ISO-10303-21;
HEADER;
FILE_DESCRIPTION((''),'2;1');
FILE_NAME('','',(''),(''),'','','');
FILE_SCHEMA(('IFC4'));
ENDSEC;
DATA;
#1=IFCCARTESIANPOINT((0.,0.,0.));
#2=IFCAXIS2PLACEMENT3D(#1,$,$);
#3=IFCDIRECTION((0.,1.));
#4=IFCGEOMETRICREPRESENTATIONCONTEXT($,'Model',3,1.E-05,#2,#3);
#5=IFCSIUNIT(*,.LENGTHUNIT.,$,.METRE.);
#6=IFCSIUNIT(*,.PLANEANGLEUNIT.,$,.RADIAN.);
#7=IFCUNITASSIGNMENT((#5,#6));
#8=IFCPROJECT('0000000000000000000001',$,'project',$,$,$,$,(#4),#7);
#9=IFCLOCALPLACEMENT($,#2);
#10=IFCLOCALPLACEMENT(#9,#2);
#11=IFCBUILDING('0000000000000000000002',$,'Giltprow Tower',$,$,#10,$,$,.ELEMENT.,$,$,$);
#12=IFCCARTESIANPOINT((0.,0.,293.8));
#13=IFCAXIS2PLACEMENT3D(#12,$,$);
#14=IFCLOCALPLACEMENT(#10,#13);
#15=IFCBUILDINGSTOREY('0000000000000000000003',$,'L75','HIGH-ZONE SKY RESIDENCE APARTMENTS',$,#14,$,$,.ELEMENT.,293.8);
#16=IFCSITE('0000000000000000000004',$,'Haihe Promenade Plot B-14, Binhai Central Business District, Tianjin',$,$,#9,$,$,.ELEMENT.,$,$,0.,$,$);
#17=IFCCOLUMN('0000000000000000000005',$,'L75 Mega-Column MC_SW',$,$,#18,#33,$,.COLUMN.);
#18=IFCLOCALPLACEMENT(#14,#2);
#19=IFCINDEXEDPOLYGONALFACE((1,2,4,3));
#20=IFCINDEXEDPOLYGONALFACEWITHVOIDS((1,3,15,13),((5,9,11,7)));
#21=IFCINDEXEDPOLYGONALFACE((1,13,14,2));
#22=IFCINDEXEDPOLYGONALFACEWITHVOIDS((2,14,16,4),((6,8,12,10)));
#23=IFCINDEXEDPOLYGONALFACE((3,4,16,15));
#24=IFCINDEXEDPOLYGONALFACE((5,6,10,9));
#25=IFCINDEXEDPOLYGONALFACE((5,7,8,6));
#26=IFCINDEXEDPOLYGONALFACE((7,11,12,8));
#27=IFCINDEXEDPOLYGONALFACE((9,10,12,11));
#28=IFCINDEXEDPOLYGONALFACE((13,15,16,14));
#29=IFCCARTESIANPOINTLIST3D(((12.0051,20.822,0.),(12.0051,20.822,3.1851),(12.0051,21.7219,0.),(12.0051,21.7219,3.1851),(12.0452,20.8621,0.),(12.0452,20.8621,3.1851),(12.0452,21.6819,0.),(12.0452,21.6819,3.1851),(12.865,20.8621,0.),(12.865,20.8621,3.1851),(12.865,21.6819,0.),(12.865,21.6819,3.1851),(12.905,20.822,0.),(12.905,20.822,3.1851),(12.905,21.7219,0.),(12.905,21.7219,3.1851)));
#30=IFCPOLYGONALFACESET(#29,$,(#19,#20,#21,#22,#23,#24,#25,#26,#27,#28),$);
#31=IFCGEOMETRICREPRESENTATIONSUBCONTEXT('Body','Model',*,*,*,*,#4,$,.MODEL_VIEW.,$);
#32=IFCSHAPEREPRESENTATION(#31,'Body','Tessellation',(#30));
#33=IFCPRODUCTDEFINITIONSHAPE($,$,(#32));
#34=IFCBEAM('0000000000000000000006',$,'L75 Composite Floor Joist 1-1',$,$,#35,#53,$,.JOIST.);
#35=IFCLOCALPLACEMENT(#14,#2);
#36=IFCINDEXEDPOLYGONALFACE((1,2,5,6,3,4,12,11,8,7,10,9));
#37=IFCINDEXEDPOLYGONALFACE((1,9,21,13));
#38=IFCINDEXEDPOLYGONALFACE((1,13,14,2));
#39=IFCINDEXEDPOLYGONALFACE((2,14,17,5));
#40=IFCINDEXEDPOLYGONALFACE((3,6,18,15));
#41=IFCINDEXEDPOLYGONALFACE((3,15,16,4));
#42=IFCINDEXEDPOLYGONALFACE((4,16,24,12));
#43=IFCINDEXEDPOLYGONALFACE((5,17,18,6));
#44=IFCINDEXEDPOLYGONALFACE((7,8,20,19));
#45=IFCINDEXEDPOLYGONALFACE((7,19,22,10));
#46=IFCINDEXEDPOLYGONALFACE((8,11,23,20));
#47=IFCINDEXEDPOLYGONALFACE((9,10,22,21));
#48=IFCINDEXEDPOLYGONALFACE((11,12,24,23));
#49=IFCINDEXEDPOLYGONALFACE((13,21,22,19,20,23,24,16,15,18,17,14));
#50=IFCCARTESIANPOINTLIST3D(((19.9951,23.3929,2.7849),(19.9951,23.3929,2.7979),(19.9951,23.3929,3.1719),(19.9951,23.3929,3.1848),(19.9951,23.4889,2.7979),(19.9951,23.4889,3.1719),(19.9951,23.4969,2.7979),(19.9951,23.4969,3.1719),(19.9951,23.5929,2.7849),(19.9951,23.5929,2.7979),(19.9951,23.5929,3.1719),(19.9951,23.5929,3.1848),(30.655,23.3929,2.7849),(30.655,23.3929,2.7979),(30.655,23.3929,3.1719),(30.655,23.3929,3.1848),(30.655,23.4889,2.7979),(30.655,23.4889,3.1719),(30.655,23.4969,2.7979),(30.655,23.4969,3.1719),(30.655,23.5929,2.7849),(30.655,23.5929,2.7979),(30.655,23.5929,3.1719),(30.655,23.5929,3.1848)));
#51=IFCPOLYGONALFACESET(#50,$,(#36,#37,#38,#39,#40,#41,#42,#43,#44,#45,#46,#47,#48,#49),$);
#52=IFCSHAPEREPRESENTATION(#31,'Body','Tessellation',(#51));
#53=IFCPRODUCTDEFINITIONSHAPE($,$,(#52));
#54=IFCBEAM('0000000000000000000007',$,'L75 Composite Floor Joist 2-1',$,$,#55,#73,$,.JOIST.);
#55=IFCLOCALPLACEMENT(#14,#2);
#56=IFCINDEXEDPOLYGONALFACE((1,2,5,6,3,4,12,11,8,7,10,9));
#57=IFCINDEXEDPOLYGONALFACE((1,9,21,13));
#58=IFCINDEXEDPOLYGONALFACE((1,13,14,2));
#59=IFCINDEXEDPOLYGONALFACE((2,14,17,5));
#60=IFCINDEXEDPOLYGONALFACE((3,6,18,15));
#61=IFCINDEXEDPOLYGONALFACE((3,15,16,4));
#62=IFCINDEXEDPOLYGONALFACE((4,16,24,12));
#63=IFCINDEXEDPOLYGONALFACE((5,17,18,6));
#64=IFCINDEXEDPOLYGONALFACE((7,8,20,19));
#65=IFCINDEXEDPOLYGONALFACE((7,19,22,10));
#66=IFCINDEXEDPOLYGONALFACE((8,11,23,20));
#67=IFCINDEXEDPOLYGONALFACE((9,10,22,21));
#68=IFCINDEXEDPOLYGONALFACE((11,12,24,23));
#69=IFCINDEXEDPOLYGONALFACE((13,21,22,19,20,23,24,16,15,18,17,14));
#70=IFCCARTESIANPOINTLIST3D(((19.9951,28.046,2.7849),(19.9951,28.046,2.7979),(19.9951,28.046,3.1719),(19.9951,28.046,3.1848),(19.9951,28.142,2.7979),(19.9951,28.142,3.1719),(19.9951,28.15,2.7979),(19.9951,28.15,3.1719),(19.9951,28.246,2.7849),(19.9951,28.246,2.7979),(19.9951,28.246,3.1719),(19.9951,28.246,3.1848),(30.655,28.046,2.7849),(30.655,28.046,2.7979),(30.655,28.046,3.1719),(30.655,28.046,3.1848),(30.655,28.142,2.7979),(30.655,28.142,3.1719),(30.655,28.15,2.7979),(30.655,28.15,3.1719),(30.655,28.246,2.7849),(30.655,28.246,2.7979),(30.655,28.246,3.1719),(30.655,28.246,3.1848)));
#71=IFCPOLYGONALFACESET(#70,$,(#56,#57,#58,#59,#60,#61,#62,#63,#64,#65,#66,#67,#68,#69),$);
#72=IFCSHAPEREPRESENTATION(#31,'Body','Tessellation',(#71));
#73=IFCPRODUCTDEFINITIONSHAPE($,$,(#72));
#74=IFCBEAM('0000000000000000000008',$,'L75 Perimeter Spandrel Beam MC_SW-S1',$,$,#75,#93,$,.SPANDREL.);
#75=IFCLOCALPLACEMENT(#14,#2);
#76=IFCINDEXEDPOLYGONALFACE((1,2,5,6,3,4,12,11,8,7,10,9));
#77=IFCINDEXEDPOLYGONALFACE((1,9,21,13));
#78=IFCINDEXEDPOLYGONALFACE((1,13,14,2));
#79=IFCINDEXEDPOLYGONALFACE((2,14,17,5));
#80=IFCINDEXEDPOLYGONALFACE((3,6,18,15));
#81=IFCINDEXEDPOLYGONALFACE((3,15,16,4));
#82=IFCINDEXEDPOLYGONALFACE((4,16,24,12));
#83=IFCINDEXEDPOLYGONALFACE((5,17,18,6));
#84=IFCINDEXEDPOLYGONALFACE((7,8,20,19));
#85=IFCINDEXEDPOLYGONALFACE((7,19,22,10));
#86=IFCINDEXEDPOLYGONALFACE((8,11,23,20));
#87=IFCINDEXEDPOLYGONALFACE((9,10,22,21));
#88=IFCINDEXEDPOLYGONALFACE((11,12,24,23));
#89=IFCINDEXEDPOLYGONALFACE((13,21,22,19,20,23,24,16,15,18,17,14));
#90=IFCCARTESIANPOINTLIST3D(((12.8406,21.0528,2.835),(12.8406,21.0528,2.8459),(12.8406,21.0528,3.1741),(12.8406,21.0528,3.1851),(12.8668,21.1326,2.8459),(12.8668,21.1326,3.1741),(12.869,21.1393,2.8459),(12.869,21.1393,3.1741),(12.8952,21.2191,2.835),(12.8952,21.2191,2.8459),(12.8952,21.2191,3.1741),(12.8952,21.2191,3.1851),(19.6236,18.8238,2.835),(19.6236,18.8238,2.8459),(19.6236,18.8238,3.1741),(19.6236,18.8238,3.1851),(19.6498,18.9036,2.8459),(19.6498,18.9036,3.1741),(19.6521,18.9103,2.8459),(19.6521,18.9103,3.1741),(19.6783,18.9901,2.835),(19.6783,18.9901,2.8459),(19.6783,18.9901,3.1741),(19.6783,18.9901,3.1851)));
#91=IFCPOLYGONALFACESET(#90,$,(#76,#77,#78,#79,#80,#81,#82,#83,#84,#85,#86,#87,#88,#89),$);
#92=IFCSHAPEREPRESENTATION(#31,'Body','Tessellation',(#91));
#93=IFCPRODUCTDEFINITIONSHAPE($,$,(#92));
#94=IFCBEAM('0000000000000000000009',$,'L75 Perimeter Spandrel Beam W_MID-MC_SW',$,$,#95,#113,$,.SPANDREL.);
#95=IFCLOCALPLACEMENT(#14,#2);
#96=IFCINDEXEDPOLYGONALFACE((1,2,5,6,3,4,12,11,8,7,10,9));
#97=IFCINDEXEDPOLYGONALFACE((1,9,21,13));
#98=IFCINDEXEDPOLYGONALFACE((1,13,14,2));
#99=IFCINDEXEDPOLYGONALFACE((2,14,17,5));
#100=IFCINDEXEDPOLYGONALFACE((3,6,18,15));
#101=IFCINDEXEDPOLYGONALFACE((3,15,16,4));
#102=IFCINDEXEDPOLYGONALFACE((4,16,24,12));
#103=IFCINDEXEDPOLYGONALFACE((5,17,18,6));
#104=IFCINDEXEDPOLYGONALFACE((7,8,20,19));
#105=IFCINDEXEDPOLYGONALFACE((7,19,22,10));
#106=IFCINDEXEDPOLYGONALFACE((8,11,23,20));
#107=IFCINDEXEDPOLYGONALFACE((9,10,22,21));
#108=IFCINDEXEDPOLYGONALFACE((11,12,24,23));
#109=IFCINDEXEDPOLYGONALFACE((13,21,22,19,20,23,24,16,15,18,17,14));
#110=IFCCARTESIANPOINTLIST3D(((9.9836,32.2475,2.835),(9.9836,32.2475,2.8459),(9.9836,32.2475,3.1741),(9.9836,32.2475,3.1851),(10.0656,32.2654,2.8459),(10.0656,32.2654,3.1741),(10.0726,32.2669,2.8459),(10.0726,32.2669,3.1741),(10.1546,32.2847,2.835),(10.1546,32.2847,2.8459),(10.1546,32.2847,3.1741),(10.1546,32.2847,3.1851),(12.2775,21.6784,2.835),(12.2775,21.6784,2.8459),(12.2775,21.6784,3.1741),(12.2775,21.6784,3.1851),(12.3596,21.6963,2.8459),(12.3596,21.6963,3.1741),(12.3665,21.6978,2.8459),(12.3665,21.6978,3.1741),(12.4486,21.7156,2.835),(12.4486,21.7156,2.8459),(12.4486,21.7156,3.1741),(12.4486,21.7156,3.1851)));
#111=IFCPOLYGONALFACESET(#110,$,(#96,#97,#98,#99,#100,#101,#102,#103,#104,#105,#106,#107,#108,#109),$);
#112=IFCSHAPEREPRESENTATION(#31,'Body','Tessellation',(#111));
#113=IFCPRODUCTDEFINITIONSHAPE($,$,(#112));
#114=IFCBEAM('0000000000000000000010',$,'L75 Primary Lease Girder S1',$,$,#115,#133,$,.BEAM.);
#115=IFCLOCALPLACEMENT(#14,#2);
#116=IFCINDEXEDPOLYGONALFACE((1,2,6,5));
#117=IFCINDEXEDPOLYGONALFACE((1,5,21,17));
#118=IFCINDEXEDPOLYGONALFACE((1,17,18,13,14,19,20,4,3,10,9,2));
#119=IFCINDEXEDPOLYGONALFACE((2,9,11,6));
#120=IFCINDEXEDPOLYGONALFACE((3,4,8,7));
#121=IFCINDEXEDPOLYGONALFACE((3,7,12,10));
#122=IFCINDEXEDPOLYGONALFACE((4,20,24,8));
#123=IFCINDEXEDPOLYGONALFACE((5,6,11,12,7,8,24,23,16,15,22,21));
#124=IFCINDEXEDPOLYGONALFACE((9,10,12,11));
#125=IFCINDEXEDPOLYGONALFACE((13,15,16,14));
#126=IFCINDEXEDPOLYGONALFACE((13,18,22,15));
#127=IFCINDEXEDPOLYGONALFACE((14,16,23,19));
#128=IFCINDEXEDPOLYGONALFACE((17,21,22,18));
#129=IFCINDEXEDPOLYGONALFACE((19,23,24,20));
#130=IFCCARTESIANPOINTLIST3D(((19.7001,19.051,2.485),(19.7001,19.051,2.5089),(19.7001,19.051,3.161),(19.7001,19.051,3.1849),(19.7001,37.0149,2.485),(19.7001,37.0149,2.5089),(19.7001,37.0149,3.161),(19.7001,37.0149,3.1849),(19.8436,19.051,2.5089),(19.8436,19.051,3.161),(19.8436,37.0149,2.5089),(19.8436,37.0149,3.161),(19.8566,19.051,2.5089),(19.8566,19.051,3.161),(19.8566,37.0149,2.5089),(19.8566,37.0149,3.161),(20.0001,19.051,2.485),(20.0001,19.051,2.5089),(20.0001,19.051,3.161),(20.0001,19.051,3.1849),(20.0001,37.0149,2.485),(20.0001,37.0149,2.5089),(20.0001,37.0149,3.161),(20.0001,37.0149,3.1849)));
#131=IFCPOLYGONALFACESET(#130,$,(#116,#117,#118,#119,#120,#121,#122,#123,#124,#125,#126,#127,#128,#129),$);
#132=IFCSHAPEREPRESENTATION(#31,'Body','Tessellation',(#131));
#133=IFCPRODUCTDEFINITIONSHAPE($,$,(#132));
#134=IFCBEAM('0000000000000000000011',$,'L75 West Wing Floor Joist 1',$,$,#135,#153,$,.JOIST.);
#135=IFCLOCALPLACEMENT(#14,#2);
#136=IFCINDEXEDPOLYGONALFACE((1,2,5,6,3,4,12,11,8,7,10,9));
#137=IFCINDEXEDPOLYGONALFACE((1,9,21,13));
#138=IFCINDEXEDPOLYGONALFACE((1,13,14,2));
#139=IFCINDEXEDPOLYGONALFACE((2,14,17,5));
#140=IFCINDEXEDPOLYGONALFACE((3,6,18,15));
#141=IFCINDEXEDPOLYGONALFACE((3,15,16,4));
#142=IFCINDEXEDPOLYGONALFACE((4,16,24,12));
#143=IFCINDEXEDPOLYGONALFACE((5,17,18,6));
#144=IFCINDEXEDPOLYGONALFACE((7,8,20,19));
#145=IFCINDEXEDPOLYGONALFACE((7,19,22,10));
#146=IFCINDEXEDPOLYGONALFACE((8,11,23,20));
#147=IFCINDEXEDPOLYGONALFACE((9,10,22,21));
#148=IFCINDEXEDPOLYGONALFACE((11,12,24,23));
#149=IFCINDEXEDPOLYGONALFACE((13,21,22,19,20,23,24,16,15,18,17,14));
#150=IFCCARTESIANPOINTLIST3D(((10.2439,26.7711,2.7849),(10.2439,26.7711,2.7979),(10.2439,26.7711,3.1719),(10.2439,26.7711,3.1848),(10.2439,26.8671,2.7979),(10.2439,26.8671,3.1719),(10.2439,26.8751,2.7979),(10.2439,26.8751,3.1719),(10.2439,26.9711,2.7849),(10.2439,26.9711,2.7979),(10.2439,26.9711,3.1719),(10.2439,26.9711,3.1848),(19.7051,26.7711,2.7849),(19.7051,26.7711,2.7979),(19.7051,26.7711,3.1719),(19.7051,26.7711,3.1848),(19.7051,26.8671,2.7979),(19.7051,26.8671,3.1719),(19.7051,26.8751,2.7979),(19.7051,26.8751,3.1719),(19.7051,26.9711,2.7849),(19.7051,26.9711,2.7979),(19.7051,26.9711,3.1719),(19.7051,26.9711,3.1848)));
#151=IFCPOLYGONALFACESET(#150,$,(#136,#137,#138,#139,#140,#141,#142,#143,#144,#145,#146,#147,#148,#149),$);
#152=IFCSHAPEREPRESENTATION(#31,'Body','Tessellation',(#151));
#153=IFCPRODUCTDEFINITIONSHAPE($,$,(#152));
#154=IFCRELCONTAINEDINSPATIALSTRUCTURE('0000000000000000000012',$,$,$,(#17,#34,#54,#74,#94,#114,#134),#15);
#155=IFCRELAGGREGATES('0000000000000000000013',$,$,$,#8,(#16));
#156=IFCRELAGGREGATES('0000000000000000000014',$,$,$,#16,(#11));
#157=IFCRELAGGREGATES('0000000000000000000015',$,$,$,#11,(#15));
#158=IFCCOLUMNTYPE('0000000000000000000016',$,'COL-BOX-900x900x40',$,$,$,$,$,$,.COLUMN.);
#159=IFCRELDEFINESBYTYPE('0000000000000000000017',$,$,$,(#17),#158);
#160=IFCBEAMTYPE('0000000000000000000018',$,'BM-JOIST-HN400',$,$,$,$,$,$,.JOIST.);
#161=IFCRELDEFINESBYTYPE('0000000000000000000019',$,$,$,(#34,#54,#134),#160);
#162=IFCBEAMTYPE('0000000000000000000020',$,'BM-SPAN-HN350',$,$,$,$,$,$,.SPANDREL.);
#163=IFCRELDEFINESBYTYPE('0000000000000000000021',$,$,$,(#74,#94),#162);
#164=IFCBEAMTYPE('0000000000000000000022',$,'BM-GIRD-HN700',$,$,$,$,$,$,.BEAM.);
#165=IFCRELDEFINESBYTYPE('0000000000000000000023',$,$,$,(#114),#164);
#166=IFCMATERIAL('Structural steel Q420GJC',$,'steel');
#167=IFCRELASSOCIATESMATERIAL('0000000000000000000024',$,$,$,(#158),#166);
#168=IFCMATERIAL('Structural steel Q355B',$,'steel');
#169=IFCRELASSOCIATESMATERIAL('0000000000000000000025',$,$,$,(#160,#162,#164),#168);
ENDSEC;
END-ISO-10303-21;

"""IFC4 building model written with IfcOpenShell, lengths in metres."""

from ifc_helpers import new_model, si_unit, direction, frame, origin, origin_2d, place, context, subcontext, project, spatial, hollow_rectangle, i_section, extrude, source, transform, mapped, material, material_profile, profile_set, type_object, element, save


model = new_model("IFC4")

# Units and contexts
model_context = context("Model", 3, precision=1e-05, world=origin(), true_north=direction((0.0, 1.0)))
body_context = subcontext(model_context, "Body", "Model", "MODEL_VIEW")
ifc_project = project(units=[si_unit("LENGTHUNIT", "METRE"), si_unit("PLANEANGLEUNIT", "RADIAN")], contexts=[model_context])

# Site, building, storey
site_placement = place(None, origin())
site = spatial("IfcSite", under=ifc_project, at=site_placement, Name="Haihe Promenade Plot B-14, Binhai Central Business District, Tianjin", CompositionType="ELEMENT", RefElevation=0.0)
building_placement = place(site_placement, origin())
building = spatial("IfcBuilding", under=site, at=building_placement, Name="Giltprow Tower", CompositionType="ELEMENT")
storey_placement = place(building_placement, frame((0.0, 0.0, 293.8)))
storey = spatial("IfcBuildingStorey", under=building, at=storey_placement, Name="L75", Description="HIGH-ZONE SKY RESIDENCE APARTMENTS", CompositionType="ELEMENT", Elevation=293.8)

# Column
ifc_material_1 = material(Name="Structural steel Q420GJC", Category="steel")
ifc_material_profile_1 = material_profile(ifc_material_1, hollow_rectangle(XDim=0.8999, YDim=0.8999, WallThickness=0.04, at=origin_2d()), Name="BOX 900x900x40")
ifc_profile_set_1 = profile_set([ifc_material_profile_1], Name="Structural steel Q420GJC")
column_type = type_object("IfcColumnType", Name="COL-BOX-900x900x40", PredefinedType="COLUMN", material=ifc_profile_set_1)
shared_shape_1 = source(origin(), body_context, "Body", "SweptSolid", [
    extrude(hollow_rectangle(XDim=0.8999, YDim=0.8999, WallThickness=0.04, at=origin_2d()), origin(), (0.0, 0.0, 1.0), 3.1851),
])
column_placement = place(storey_placement, frame((12.4551, 21.272, 0.0), z_axis=(0.0, 0.0, 1.0), x_axis=(1.0, 0.0, 0.0)))
element("IfcColumn", 1, at=column_placement, inside=storey, type_object=column_type, Name="L75 Mega-Column MC_SW", PredefinedType="COLUMN", context=body_context, shape_type="MappedRepresentation", body=[
    mapped(shared_shape_1, transform((0.0, 0.0, 0.0), x_axis=(1.0, 0.0, 0.0), y_axis=(0.0, 1.0, 0.0), z_axis=(0.0, 0.0, 1.0), scale=1.0)),
])

# Beams
ifc_material_2 = material(Name="Structural steel Q355B", Category="steel")
ifc_material_profile_2 = material_profile(ifc_material_2, i_section(OverallWidth=0.2, OverallDepth=0.3999, WebThickness=0.0081, FlangeThickness=0.0129, at=origin_2d()), Name="HN 400x200x8x13")
ifc_profile_set_2 = profile_set([ifc_material_profile_2], Name="Structural steel Q355B")
beam_type_1 = type_object("IfcBeamType", Name="BM-JOIST-HN400", PredefinedType="JOIST", material=ifc_profile_set_2)
shared_shape_2 = source(origin(), body_context, "Body", "SweptSolid", [
    extrude(i_section(OverallWidth=0.2, OverallDepth=0.3999, WebThickness=0.0081, FlangeThickness=0.0129, at=origin_2d()), origin(), (0.0, 0.0, 1.0), 10.6599),
])
for number, where, z_axis, x_axis, name in (
    (2, (19.9951, 23.4929, 2.9849), (1.0, 0.0, 0.0), (0.0, 1.0, 0.0), "L75 Composite Floor Joist 1-1"),
    (3, (19.9951, 28.146, 2.9849), (1.0, 0.0, 0.0), (0.0, 1.0, 0.0), "L75 Composite Floor Joist 2-1"),
):
    element("IfcBeam", number, at=place(storey_placement, frame(where, z_axis=z_axis, x_axis=x_axis)), inside=storey, type_object=beam_type_1, Name=name, PredefinedType="JOIST", context=body_context, shape_type="MappedRepresentation", body=[
        mapped(shared_shape_2, transform((0.0, 0.0, 0.0), x_axis=(1.0, 0.0, 0.0), y_axis=(0.0, 1.0, 0.0), z_axis=(0.0, 0.0, 1.0), scale=1.0)),
    ])
ifc_material_profile_3 = material_profile(ifc_material_2, i_section(OverallWidth=0.175, OverallDepth=0.3501, WebThickness=0.0071, FlangeThickness=0.011, at=origin_2d()), Name="HN 350x175x7x11")
ifc_profile_set_3 = profile_set([ifc_material_profile_3], Name="Structural steel Q355B")
beam_type_2 = type_object("IfcBeamType", Name="BM-SPAN-HN350", PredefinedType="SPANDREL", material=ifc_profile_set_3)
shared_shape_3 = source(origin(), body_context, "Body", "SweptSolid", [
    extrude(i_section(OverallWidth=0.175, OverallDepth=0.3501, WebThickness=0.0071, FlangeThickness=0.011, at=origin_2d()), origin(), (0.0, 0.0, 1.0), 7.1399),
])
beam_1_placement = place(storey_placement, frame((12.8679, 21.136, 3.01), z_axis=(0.950019, -0.312193, 0.0), x_axis=(0.312193, 0.950019, 0.0)))
element("IfcBeam", 4, at=beam_1_placement, inside=storey, type_object=beam_type_2, Name="L75 Perimeter Spandrel Beam MC_SW-S1", PredefinedType="SPANDREL", context=body_context, shape_type="MappedRepresentation", body=[
    mapped(shared_shape_3, transform((0.0, 0.0, 0.0), x_axis=(1.0, 0.0, 0.0), y_axis=(0.0, 1.0, 0.0), z_axis=(0.0, 0.0, 1.0), scale=1.0)),
])
shared_shape_4 = source(origin(), body_context, "Body", "SweptSolid", [
    extrude(i_section(OverallWidth=0.175, OverallDepth=0.3501, WebThickness=0.0071, FlangeThickness=0.011, at=origin_2d()), origin(), (0.0, 0.0, 1.0), 10.8152),
])
beam_2_placement = place(storey_placement, frame((10.0691, 32.2661, 3.01), z_axis=(0.212104, -0.977247, 0.0), x_axis=(0.977247, 0.212104, 0.0)))
element("IfcBeam", 5, at=beam_2_placement, inside=storey, type_object=beam_type_2, Name="L75 Perimeter Spandrel Beam W_MID-MC_SW", PredefinedType="SPANDREL", context=body_context, shape_type="MappedRepresentation", body=[
    mapped(shared_shape_4, transform((0.0, 0.0, 0.0), x_axis=(1.0, 0.0, 0.0), y_axis=(0.0, 1.0, 0.0), z_axis=(0.0, 0.0, 1.0), scale=1.0)),
])
ifc_material_profile_4 = material_profile(ifc_material_2, i_section(OverallWidth=0.3, OverallDepth=0.7, WebThickness=0.0129, FlangeThickness=0.0239, at=origin_2d()), Name="HN 700x300x13x24")
ifc_profile_set_4 = profile_set([ifc_material_profile_4], Name="Structural steel Q355B")
beam_type_3 = type_object("IfcBeamType", Name="BM-GIRD-HN700", PredefinedType="BEAM", material=ifc_profile_set_4)
shared_shape_5 = source(origin(), body_context, "Body", "SweptSolid", [
    extrude(i_section(OverallWidth=0.3, OverallDepth=0.7, WebThickness=0.0129, FlangeThickness=0.0239, at=origin_2d()), origin(), (0.0, 0.0, 1.0), 17.9639),
])
beam_3_placement = place(storey_placement, frame((19.8501, 19.051, 2.835), z_axis=(0.0, 1.0, 0.0), x_axis=(-1.0, 0.0, 0.0)))
element("IfcBeam", 6, at=beam_3_placement, inside=storey, type_object=beam_type_3, Name="L75 Primary Lease Girder S1", PredefinedType="BEAM", context=body_context, shape_type="MappedRepresentation", body=[
    mapped(shared_shape_5, transform((0.0, 0.0, 0.0), x_axis=(1.0, 0.0, 0.0), y_axis=(0.0, 1.0, 0.0), z_axis=(0.0, 0.0, 1.0), scale=1.0)),
])
shared_shape_6 = source(origin(), body_context, "Body", "SweptSolid", [
    extrude(i_section(OverallWidth=0.2, OverallDepth=0.3999, WebThickness=0.0081, FlangeThickness=0.0129, at=origin_2d()), origin(), (0.0, 0.0, 1.0), 9.4612),
])
beam_4_placement = place(storey_placement, frame((10.2439, 26.8711, 2.9849), z_axis=(1.0, 0.0, 0.0), x_axis=(0.0, 1.0, 0.0)))
element("IfcBeam", 7, at=beam_4_placement, inside=storey, type_object=beam_type_1, Name="L75 West Wing Floor Joist 1", PredefinedType="JOIST", context=body_context, shape_type="MappedRepresentation", body=[
    mapped(shared_shape_6, transform((0.0, 0.0, 0.0), x_axis=(1.0, 0.0, 0.0), y_axis=(0.0, 1.0, 0.0), z_axis=(0.0, 0.0, 1.0), scale=1.0)),
])

save(model, "model.ifc")
